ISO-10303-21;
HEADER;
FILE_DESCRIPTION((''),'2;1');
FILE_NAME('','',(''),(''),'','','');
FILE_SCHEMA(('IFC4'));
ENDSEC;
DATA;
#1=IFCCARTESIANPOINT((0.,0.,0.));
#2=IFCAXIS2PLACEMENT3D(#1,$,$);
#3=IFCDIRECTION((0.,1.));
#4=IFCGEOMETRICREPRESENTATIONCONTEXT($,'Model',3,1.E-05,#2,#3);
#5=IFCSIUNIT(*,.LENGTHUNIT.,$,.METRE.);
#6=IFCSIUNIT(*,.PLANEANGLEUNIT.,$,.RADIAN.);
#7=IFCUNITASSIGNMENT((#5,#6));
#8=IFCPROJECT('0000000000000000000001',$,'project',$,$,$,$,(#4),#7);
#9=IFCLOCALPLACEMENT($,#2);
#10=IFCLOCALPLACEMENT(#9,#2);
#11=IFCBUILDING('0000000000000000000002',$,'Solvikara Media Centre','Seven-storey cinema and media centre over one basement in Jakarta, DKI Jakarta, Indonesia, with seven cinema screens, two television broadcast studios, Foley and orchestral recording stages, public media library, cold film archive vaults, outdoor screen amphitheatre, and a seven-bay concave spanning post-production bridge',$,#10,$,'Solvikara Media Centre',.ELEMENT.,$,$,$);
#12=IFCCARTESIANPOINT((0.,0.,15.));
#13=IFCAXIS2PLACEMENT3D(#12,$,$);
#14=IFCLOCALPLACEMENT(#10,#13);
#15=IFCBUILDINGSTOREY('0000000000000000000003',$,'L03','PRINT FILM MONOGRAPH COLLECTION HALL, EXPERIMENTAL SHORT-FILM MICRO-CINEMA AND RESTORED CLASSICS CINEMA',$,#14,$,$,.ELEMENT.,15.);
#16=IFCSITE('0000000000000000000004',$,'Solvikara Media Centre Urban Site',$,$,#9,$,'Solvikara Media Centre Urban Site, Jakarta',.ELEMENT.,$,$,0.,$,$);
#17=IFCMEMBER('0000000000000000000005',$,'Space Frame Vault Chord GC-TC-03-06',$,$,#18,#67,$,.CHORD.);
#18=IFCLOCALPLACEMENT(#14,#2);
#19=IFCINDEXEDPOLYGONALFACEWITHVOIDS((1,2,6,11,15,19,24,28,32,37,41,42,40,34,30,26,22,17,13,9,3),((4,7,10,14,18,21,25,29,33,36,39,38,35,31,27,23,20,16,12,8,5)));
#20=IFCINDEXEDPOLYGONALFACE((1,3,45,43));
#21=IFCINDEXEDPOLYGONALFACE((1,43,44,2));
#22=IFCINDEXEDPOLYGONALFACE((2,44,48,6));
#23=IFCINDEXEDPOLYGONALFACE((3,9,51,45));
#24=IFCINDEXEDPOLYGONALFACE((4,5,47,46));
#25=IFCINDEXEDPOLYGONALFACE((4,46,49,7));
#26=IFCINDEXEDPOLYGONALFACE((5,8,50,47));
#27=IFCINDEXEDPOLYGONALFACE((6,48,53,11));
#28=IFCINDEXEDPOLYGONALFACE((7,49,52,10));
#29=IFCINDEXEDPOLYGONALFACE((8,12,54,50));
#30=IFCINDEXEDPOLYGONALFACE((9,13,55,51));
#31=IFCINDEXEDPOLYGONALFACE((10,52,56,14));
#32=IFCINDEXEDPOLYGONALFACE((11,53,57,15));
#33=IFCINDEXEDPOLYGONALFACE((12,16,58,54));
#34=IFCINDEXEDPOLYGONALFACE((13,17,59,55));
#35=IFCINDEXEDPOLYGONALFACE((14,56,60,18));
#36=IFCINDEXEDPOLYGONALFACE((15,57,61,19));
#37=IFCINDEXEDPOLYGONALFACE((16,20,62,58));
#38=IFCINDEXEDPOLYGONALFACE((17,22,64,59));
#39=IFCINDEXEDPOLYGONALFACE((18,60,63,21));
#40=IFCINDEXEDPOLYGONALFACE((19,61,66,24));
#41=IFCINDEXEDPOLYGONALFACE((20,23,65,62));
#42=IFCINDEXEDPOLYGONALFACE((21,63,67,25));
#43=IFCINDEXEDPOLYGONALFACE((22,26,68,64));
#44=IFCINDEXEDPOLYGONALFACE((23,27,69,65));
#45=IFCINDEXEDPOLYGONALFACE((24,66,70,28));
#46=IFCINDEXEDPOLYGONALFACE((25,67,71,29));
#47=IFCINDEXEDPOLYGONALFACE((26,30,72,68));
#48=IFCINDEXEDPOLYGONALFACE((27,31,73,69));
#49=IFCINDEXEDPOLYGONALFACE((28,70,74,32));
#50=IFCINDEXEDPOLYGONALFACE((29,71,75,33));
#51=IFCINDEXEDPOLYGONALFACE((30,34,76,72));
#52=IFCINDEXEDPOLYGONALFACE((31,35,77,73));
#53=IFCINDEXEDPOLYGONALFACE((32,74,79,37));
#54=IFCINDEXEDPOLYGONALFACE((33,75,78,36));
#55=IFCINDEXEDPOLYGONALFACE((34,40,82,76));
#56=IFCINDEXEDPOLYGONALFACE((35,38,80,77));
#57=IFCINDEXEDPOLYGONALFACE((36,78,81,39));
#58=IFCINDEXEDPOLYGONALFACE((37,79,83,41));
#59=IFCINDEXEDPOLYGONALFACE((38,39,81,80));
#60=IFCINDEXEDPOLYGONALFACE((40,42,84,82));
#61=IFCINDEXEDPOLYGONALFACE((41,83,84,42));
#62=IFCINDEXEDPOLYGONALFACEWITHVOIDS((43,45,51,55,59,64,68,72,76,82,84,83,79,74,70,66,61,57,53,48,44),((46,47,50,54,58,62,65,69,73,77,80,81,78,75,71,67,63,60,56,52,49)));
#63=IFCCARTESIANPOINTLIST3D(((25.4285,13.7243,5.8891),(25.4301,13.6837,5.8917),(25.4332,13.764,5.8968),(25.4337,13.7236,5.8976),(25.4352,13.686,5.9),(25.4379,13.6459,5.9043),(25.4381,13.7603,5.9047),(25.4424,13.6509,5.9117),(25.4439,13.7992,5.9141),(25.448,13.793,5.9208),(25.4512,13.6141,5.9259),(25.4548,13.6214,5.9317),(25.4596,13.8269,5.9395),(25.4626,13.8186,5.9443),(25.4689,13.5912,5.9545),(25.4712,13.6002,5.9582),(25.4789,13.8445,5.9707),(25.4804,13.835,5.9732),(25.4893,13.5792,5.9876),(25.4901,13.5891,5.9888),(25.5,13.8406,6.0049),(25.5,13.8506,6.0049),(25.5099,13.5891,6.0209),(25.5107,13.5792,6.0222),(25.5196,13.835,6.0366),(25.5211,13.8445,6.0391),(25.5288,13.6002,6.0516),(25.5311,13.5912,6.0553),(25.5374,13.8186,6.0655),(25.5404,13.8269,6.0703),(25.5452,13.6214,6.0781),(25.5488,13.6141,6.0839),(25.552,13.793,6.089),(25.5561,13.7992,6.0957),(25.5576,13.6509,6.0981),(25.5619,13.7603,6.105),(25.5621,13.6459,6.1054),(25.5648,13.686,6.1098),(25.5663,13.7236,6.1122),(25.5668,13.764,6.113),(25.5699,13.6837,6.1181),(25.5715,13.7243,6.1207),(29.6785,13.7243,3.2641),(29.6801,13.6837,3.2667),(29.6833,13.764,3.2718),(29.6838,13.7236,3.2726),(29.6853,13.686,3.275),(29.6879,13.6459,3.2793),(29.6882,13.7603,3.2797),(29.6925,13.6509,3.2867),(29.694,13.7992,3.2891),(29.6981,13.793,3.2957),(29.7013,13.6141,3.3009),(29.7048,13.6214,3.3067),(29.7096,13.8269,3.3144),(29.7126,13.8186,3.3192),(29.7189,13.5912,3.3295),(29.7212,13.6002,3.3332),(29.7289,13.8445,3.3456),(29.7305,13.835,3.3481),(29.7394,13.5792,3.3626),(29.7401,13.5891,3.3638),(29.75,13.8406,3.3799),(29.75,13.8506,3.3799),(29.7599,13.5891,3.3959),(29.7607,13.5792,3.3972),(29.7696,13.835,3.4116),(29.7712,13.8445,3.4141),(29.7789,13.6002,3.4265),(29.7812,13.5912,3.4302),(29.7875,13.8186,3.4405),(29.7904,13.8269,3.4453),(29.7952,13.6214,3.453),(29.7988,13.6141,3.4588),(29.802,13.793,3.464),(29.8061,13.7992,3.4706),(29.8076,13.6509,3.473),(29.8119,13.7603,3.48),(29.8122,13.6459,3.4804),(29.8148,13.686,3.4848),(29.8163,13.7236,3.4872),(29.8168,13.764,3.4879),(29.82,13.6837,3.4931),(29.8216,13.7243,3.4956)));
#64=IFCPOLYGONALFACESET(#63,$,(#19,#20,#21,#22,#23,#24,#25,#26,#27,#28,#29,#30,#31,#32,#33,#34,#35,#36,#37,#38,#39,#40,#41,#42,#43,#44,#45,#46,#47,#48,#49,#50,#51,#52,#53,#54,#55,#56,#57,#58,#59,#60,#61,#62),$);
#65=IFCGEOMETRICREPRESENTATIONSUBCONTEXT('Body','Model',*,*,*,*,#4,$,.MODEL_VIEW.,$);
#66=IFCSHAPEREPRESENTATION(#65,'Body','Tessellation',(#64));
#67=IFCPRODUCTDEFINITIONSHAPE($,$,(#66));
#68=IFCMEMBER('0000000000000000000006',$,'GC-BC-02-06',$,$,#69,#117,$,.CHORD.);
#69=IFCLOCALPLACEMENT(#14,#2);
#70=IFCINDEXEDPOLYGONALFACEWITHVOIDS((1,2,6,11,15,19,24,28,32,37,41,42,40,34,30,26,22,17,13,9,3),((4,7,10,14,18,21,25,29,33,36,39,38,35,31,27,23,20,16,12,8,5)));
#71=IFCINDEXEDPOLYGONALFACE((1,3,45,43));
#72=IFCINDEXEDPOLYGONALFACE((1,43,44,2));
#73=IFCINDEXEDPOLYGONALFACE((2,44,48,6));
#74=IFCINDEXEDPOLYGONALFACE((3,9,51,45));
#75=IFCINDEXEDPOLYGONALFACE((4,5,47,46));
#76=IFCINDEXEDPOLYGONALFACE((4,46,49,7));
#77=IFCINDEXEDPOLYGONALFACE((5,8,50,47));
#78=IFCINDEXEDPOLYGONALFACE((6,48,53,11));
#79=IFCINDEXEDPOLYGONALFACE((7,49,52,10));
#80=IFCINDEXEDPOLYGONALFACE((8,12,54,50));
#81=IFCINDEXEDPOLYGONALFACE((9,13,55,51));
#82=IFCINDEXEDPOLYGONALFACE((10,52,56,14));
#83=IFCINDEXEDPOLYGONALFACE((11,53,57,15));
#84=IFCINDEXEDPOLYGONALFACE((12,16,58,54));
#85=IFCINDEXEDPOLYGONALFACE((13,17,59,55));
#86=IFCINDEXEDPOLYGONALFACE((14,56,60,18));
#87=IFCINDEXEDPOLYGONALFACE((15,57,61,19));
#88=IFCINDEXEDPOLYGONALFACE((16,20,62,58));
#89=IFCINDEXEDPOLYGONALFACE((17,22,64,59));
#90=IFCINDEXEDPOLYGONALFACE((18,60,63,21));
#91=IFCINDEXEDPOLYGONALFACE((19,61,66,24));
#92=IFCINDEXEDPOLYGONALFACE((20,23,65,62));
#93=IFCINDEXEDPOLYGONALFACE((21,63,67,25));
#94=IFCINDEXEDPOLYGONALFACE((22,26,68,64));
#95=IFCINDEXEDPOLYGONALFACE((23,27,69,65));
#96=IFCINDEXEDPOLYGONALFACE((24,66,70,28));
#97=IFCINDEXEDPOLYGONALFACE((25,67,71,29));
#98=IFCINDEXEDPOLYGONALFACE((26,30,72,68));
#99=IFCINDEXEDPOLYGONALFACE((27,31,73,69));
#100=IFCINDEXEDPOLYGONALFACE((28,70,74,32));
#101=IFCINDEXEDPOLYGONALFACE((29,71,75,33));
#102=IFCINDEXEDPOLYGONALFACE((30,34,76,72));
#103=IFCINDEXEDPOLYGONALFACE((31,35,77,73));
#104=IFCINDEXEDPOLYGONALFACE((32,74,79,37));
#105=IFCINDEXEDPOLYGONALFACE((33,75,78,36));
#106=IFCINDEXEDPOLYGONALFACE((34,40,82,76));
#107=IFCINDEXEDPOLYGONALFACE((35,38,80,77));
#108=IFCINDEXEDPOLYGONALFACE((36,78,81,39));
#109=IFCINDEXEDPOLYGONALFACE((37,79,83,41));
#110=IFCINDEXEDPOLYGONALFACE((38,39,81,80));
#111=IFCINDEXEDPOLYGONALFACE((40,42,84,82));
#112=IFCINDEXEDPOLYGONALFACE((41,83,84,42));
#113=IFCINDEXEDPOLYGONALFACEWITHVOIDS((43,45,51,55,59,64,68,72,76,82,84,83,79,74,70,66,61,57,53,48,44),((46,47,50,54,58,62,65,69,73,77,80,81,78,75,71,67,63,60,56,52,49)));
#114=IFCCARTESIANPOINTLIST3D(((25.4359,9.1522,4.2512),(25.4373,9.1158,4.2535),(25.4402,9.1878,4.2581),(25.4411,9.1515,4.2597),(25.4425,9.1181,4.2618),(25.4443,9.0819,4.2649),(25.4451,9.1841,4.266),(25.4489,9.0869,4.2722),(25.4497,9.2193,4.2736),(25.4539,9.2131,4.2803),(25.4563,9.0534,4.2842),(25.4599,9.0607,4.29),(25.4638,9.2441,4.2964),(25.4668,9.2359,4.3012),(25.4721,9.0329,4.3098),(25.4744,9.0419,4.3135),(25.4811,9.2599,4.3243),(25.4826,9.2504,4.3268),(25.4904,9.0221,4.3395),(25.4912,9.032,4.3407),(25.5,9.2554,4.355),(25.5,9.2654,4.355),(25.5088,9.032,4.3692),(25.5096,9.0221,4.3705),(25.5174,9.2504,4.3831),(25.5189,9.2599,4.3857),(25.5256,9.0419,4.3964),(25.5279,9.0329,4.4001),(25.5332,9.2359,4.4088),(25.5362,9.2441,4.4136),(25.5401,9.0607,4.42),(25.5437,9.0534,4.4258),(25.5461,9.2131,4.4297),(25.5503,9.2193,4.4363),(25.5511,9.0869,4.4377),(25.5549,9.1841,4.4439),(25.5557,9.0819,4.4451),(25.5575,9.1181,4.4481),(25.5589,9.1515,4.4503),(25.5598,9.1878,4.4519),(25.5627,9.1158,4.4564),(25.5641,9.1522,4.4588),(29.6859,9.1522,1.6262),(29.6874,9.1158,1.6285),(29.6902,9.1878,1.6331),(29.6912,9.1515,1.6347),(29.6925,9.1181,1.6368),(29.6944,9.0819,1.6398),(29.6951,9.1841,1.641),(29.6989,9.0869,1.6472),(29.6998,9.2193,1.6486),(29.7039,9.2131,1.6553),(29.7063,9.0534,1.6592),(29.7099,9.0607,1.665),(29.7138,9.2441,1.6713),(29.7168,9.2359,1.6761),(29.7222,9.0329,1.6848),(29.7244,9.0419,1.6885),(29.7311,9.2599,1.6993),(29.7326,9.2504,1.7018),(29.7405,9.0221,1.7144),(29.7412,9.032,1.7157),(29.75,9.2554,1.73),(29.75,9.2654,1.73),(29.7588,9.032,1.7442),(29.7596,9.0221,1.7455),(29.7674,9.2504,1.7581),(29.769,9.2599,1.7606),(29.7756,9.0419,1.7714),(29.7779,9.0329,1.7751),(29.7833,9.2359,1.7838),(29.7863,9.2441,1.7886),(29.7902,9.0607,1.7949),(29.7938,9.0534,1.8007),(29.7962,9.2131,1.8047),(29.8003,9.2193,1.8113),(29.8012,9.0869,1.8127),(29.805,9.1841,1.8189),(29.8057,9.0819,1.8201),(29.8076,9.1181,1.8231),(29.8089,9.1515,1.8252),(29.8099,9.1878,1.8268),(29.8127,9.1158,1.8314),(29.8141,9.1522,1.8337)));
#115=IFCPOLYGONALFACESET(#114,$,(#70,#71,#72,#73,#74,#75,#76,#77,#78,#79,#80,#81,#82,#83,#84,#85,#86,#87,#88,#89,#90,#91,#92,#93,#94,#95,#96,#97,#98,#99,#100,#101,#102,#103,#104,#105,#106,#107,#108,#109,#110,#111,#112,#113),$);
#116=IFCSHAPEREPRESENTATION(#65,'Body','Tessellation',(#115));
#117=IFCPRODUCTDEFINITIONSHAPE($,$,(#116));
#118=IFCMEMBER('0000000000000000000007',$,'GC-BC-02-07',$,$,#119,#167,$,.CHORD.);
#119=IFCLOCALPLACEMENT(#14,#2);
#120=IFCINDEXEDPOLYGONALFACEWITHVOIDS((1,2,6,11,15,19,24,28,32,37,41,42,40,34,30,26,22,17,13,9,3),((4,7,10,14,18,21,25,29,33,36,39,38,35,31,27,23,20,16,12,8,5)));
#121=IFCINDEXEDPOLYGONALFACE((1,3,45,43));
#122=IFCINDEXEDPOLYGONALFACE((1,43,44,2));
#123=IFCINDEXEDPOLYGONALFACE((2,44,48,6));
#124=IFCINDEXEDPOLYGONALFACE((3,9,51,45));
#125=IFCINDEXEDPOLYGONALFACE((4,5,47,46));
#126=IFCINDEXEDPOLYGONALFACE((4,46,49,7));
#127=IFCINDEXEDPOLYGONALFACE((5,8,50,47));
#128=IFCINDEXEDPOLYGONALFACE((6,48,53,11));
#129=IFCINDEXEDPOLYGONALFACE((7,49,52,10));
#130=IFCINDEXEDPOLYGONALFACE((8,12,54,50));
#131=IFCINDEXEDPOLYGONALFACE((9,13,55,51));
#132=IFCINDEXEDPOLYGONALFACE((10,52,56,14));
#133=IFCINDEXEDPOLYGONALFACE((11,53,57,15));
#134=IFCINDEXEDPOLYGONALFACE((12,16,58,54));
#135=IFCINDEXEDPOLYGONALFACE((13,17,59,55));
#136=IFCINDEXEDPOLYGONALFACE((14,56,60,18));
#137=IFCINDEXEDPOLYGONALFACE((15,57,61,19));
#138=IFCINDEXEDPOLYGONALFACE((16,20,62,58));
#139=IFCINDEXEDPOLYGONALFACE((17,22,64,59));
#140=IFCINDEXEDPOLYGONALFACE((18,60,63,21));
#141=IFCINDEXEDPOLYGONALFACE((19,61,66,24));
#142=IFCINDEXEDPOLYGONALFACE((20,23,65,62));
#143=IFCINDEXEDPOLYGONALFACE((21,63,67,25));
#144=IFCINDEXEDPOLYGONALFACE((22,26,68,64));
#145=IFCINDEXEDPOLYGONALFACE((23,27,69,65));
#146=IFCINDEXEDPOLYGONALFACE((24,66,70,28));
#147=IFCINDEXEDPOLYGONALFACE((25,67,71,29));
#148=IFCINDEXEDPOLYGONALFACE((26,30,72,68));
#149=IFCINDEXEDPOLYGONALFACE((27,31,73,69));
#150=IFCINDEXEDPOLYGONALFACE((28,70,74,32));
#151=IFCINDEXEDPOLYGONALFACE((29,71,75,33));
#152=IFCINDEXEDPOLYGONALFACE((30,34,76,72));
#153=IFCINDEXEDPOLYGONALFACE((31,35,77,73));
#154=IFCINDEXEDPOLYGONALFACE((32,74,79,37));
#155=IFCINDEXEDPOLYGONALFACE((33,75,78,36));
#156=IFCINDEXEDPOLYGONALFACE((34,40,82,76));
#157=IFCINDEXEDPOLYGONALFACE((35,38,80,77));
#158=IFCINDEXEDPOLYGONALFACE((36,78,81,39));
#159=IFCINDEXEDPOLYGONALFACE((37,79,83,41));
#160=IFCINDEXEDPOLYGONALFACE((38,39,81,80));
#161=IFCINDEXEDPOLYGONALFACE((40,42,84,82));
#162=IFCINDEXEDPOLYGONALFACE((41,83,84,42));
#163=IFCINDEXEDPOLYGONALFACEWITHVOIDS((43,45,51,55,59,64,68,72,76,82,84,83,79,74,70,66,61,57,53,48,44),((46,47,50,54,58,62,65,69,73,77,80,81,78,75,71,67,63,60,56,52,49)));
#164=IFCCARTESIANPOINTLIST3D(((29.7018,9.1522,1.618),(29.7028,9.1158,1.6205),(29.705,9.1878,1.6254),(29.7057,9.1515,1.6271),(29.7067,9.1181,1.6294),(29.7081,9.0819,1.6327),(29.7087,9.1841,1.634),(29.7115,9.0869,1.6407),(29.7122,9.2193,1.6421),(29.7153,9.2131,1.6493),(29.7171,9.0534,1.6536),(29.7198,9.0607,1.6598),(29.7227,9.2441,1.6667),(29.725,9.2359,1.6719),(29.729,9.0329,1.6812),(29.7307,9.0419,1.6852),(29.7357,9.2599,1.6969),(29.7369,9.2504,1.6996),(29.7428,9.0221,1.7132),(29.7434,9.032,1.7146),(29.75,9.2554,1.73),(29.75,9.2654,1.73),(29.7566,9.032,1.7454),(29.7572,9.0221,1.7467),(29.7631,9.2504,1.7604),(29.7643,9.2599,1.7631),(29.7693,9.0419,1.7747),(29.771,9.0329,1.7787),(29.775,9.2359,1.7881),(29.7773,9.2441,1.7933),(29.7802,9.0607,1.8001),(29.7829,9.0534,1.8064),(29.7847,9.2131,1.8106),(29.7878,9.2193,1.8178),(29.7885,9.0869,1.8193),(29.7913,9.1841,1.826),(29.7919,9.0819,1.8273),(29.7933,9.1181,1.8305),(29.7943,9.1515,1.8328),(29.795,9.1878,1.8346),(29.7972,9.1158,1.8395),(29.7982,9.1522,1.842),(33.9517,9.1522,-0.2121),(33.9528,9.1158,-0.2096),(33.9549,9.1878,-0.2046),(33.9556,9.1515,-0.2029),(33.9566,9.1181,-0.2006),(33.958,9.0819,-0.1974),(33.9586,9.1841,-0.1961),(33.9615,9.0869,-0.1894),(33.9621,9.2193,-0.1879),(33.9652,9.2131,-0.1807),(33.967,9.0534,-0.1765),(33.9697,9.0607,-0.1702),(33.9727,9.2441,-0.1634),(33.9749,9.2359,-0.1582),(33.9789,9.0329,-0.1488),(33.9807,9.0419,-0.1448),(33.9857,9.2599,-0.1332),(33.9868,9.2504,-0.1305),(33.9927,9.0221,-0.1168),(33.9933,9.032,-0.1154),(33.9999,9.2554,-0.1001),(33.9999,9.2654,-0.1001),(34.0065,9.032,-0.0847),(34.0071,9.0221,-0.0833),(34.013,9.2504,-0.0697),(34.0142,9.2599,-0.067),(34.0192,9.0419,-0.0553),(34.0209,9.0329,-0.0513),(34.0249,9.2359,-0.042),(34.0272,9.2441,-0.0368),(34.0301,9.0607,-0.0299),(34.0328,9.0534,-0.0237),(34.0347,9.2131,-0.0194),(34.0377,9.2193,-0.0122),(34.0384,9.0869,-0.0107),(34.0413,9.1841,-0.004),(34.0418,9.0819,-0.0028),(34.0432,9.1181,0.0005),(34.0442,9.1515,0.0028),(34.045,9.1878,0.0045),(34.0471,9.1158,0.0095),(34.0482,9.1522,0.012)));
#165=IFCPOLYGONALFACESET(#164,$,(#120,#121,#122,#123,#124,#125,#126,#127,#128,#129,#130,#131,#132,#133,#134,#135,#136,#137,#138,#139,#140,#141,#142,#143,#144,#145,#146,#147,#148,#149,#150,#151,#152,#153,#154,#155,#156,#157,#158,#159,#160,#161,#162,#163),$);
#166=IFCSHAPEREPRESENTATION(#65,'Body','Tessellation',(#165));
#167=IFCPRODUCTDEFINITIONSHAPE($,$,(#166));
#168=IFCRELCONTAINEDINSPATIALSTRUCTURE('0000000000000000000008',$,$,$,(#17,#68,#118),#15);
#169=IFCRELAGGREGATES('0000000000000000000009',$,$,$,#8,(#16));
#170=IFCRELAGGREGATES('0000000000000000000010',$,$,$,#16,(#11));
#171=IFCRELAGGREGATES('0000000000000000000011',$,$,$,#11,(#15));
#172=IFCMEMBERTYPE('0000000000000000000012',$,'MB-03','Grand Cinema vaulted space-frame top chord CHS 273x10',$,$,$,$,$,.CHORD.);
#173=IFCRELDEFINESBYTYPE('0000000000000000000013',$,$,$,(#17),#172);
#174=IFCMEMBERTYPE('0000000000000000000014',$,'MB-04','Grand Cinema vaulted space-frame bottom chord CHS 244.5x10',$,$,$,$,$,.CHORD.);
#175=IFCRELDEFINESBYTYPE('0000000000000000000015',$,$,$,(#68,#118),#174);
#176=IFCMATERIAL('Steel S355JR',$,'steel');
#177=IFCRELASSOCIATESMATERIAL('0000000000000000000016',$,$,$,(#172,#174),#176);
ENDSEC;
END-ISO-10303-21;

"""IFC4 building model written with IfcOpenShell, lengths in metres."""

from ifc_helpers import new_model, si_unit, direction, frame, origin, origin_2d, place, context, subcontext, project, spatial, hollow_circle, extrude, material, material_profile, profile_set, type_object, element, save


model = new_model("IFC4")

# Units and contexts
model_context = context("Model", 3, precision=1e-05, world=origin(), true_north=direction((0.0, 1.0)))
body_context = subcontext(model_context, "Body", "Model", "MODEL_VIEW")
ifc_project = project(units=[si_unit("LENGTHUNIT", "METRE"), si_unit("PLANEANGLEUNIT", "RADIAN")], contexts=[model_context])

# Site, building, storey
site_placement = place(None, origin())
site = spatial("IfcSite", under=ifc_project, at=site_placement, Name="Solvikara Media Centre Urban Site", LongName="Solvikara Media Centre Urban Site, Jakarta", CompositionType="ELEMENT", RefElevation=0.0)
building_placement = place(site_placement, origin())
building = spatial("IfcBuilding", under=site, at=building_placement, Name="Solvikara Media Centre", Description="Seven-storey cinema and media centre over one basement in Jakarta, DKI Jakarta, Indonesia, with seven cinema screens, two television broadcast studios, Foley and orchestral recording stages, public media library, cold film archive vaults, outdoor screen amphitheatre, and a seven-bay concave spanning post-production bridge", LongName="Solvikara Media Centre", CompositionType="ELEMENT")
storey_placement = place(building_placement, frame((0.0, 0.0, 15.0)))
storey = spatial("IfcBuildingStorey", under=building, at=storey_placement, Name="L03", Description="PRINT FILM MONOGRAPH COLLECTION HALL, EXPERIMENTAL SHORT-FILM MICRO-CINEMA AND RESTORED CLASSICS CINEMA", CompositionType="ELEMENT", Elevation=15.0)

# Members
ifc_material_1 = material(Name="Steel S355JR", Category="steel")
ifc_material_profile_1 = material_profile(ifc_material_1, hollow_circle(Radius=0.1365, WallThickness=0.01, at=origin_2d()), Name="CHS 273x10")
ifc_profile_set_1 = profile_set([ifc_material_profile_1], Name="Steel S355JR")
member_type_1 = type_object("IfcMemberType", Name="MB-03", Description="Grand Cinema vaulted space-frame top chord CHS 273x10", PredefinedType="CHORD", material=ifc_profile_set_1)
member_1_placement = place(storey_placement, frame((25.5, 13.7141, 6.0049), z_axis=(0.850798, 0.0, -0.525493), x_axis=(0.0, 1.0, 0.0)))
element("IfcMember", 1, at=member_1_placement, inside=storey, type_object=member_type_1, Name="Space Frame Vault Chord GC-TC-03-06", PredefinedType="CHORD", context=body_context, shape_type="SweptSolid", body=[
    extrude(hollow_circle(Radius=0.1365, WallThickness=0.01, at=origin_2d()), origin(), (0.0, 0.0, 1.0), 4.9954),
])
ifc_material_profile_2 = material_profile(ifc_material_1, hollow_circle(Radius=0.1223, WallThickness=0.01, at=origin_2d()), Name="CHS 244.5x10")
ifc_profile_set_2 = profile_set([ifc_material_profile_2], Name="Steel S355JR")
member_type_2 = type_object("IfcMemberType", Name="MB-04", Description="Grand Cinema vaulted space-frame bottom chord CHS 244.5x10", PredefinedType="CHORD", material=ifc_profile_set_2)
member_2_placement = place(storey_placement, frame((25.5, 9.1431, 4.355), z_axis=(0.850798, 0.0, -0.525493), x_axis=(0.0, 1.0, 0.0)))
element("IfcMember", 2, at=member_2_placement, inside=storey, type_object=member_type_2, Name="GC-BC-02-06", PredefinedType="CHORD", context=body_context, shape_type="SweptSolid", body=[
    extrude(hollow_circle(Radius=0.1223, WallThickness=0.01, at=origin_2d()), origin(), (0.0, 0.0, 1.0), 4.9954),
])
member_3_placement = place(storey_placement, frame((29.75, 9.1431, 1.73), z_axis=(0.918467, 0.0, -0.395498), x_axis=(0.0, 1.0, 0.0)))
element("IfcMember", 3, at=member_3_placement, inside=storey, type_object=member_type_2, Name="GC-BC-02-07", PredefinedType="CHORD", context=body_context, shape_type="SweptSolid", body=[
    extrude(hollow_circle(Radius=0.1223, WallThickness=0.01, at=origin_2d()), origin(), (0.0, 0.0, 1.0), 4.6272),
])

save(model, "model.ifc")
